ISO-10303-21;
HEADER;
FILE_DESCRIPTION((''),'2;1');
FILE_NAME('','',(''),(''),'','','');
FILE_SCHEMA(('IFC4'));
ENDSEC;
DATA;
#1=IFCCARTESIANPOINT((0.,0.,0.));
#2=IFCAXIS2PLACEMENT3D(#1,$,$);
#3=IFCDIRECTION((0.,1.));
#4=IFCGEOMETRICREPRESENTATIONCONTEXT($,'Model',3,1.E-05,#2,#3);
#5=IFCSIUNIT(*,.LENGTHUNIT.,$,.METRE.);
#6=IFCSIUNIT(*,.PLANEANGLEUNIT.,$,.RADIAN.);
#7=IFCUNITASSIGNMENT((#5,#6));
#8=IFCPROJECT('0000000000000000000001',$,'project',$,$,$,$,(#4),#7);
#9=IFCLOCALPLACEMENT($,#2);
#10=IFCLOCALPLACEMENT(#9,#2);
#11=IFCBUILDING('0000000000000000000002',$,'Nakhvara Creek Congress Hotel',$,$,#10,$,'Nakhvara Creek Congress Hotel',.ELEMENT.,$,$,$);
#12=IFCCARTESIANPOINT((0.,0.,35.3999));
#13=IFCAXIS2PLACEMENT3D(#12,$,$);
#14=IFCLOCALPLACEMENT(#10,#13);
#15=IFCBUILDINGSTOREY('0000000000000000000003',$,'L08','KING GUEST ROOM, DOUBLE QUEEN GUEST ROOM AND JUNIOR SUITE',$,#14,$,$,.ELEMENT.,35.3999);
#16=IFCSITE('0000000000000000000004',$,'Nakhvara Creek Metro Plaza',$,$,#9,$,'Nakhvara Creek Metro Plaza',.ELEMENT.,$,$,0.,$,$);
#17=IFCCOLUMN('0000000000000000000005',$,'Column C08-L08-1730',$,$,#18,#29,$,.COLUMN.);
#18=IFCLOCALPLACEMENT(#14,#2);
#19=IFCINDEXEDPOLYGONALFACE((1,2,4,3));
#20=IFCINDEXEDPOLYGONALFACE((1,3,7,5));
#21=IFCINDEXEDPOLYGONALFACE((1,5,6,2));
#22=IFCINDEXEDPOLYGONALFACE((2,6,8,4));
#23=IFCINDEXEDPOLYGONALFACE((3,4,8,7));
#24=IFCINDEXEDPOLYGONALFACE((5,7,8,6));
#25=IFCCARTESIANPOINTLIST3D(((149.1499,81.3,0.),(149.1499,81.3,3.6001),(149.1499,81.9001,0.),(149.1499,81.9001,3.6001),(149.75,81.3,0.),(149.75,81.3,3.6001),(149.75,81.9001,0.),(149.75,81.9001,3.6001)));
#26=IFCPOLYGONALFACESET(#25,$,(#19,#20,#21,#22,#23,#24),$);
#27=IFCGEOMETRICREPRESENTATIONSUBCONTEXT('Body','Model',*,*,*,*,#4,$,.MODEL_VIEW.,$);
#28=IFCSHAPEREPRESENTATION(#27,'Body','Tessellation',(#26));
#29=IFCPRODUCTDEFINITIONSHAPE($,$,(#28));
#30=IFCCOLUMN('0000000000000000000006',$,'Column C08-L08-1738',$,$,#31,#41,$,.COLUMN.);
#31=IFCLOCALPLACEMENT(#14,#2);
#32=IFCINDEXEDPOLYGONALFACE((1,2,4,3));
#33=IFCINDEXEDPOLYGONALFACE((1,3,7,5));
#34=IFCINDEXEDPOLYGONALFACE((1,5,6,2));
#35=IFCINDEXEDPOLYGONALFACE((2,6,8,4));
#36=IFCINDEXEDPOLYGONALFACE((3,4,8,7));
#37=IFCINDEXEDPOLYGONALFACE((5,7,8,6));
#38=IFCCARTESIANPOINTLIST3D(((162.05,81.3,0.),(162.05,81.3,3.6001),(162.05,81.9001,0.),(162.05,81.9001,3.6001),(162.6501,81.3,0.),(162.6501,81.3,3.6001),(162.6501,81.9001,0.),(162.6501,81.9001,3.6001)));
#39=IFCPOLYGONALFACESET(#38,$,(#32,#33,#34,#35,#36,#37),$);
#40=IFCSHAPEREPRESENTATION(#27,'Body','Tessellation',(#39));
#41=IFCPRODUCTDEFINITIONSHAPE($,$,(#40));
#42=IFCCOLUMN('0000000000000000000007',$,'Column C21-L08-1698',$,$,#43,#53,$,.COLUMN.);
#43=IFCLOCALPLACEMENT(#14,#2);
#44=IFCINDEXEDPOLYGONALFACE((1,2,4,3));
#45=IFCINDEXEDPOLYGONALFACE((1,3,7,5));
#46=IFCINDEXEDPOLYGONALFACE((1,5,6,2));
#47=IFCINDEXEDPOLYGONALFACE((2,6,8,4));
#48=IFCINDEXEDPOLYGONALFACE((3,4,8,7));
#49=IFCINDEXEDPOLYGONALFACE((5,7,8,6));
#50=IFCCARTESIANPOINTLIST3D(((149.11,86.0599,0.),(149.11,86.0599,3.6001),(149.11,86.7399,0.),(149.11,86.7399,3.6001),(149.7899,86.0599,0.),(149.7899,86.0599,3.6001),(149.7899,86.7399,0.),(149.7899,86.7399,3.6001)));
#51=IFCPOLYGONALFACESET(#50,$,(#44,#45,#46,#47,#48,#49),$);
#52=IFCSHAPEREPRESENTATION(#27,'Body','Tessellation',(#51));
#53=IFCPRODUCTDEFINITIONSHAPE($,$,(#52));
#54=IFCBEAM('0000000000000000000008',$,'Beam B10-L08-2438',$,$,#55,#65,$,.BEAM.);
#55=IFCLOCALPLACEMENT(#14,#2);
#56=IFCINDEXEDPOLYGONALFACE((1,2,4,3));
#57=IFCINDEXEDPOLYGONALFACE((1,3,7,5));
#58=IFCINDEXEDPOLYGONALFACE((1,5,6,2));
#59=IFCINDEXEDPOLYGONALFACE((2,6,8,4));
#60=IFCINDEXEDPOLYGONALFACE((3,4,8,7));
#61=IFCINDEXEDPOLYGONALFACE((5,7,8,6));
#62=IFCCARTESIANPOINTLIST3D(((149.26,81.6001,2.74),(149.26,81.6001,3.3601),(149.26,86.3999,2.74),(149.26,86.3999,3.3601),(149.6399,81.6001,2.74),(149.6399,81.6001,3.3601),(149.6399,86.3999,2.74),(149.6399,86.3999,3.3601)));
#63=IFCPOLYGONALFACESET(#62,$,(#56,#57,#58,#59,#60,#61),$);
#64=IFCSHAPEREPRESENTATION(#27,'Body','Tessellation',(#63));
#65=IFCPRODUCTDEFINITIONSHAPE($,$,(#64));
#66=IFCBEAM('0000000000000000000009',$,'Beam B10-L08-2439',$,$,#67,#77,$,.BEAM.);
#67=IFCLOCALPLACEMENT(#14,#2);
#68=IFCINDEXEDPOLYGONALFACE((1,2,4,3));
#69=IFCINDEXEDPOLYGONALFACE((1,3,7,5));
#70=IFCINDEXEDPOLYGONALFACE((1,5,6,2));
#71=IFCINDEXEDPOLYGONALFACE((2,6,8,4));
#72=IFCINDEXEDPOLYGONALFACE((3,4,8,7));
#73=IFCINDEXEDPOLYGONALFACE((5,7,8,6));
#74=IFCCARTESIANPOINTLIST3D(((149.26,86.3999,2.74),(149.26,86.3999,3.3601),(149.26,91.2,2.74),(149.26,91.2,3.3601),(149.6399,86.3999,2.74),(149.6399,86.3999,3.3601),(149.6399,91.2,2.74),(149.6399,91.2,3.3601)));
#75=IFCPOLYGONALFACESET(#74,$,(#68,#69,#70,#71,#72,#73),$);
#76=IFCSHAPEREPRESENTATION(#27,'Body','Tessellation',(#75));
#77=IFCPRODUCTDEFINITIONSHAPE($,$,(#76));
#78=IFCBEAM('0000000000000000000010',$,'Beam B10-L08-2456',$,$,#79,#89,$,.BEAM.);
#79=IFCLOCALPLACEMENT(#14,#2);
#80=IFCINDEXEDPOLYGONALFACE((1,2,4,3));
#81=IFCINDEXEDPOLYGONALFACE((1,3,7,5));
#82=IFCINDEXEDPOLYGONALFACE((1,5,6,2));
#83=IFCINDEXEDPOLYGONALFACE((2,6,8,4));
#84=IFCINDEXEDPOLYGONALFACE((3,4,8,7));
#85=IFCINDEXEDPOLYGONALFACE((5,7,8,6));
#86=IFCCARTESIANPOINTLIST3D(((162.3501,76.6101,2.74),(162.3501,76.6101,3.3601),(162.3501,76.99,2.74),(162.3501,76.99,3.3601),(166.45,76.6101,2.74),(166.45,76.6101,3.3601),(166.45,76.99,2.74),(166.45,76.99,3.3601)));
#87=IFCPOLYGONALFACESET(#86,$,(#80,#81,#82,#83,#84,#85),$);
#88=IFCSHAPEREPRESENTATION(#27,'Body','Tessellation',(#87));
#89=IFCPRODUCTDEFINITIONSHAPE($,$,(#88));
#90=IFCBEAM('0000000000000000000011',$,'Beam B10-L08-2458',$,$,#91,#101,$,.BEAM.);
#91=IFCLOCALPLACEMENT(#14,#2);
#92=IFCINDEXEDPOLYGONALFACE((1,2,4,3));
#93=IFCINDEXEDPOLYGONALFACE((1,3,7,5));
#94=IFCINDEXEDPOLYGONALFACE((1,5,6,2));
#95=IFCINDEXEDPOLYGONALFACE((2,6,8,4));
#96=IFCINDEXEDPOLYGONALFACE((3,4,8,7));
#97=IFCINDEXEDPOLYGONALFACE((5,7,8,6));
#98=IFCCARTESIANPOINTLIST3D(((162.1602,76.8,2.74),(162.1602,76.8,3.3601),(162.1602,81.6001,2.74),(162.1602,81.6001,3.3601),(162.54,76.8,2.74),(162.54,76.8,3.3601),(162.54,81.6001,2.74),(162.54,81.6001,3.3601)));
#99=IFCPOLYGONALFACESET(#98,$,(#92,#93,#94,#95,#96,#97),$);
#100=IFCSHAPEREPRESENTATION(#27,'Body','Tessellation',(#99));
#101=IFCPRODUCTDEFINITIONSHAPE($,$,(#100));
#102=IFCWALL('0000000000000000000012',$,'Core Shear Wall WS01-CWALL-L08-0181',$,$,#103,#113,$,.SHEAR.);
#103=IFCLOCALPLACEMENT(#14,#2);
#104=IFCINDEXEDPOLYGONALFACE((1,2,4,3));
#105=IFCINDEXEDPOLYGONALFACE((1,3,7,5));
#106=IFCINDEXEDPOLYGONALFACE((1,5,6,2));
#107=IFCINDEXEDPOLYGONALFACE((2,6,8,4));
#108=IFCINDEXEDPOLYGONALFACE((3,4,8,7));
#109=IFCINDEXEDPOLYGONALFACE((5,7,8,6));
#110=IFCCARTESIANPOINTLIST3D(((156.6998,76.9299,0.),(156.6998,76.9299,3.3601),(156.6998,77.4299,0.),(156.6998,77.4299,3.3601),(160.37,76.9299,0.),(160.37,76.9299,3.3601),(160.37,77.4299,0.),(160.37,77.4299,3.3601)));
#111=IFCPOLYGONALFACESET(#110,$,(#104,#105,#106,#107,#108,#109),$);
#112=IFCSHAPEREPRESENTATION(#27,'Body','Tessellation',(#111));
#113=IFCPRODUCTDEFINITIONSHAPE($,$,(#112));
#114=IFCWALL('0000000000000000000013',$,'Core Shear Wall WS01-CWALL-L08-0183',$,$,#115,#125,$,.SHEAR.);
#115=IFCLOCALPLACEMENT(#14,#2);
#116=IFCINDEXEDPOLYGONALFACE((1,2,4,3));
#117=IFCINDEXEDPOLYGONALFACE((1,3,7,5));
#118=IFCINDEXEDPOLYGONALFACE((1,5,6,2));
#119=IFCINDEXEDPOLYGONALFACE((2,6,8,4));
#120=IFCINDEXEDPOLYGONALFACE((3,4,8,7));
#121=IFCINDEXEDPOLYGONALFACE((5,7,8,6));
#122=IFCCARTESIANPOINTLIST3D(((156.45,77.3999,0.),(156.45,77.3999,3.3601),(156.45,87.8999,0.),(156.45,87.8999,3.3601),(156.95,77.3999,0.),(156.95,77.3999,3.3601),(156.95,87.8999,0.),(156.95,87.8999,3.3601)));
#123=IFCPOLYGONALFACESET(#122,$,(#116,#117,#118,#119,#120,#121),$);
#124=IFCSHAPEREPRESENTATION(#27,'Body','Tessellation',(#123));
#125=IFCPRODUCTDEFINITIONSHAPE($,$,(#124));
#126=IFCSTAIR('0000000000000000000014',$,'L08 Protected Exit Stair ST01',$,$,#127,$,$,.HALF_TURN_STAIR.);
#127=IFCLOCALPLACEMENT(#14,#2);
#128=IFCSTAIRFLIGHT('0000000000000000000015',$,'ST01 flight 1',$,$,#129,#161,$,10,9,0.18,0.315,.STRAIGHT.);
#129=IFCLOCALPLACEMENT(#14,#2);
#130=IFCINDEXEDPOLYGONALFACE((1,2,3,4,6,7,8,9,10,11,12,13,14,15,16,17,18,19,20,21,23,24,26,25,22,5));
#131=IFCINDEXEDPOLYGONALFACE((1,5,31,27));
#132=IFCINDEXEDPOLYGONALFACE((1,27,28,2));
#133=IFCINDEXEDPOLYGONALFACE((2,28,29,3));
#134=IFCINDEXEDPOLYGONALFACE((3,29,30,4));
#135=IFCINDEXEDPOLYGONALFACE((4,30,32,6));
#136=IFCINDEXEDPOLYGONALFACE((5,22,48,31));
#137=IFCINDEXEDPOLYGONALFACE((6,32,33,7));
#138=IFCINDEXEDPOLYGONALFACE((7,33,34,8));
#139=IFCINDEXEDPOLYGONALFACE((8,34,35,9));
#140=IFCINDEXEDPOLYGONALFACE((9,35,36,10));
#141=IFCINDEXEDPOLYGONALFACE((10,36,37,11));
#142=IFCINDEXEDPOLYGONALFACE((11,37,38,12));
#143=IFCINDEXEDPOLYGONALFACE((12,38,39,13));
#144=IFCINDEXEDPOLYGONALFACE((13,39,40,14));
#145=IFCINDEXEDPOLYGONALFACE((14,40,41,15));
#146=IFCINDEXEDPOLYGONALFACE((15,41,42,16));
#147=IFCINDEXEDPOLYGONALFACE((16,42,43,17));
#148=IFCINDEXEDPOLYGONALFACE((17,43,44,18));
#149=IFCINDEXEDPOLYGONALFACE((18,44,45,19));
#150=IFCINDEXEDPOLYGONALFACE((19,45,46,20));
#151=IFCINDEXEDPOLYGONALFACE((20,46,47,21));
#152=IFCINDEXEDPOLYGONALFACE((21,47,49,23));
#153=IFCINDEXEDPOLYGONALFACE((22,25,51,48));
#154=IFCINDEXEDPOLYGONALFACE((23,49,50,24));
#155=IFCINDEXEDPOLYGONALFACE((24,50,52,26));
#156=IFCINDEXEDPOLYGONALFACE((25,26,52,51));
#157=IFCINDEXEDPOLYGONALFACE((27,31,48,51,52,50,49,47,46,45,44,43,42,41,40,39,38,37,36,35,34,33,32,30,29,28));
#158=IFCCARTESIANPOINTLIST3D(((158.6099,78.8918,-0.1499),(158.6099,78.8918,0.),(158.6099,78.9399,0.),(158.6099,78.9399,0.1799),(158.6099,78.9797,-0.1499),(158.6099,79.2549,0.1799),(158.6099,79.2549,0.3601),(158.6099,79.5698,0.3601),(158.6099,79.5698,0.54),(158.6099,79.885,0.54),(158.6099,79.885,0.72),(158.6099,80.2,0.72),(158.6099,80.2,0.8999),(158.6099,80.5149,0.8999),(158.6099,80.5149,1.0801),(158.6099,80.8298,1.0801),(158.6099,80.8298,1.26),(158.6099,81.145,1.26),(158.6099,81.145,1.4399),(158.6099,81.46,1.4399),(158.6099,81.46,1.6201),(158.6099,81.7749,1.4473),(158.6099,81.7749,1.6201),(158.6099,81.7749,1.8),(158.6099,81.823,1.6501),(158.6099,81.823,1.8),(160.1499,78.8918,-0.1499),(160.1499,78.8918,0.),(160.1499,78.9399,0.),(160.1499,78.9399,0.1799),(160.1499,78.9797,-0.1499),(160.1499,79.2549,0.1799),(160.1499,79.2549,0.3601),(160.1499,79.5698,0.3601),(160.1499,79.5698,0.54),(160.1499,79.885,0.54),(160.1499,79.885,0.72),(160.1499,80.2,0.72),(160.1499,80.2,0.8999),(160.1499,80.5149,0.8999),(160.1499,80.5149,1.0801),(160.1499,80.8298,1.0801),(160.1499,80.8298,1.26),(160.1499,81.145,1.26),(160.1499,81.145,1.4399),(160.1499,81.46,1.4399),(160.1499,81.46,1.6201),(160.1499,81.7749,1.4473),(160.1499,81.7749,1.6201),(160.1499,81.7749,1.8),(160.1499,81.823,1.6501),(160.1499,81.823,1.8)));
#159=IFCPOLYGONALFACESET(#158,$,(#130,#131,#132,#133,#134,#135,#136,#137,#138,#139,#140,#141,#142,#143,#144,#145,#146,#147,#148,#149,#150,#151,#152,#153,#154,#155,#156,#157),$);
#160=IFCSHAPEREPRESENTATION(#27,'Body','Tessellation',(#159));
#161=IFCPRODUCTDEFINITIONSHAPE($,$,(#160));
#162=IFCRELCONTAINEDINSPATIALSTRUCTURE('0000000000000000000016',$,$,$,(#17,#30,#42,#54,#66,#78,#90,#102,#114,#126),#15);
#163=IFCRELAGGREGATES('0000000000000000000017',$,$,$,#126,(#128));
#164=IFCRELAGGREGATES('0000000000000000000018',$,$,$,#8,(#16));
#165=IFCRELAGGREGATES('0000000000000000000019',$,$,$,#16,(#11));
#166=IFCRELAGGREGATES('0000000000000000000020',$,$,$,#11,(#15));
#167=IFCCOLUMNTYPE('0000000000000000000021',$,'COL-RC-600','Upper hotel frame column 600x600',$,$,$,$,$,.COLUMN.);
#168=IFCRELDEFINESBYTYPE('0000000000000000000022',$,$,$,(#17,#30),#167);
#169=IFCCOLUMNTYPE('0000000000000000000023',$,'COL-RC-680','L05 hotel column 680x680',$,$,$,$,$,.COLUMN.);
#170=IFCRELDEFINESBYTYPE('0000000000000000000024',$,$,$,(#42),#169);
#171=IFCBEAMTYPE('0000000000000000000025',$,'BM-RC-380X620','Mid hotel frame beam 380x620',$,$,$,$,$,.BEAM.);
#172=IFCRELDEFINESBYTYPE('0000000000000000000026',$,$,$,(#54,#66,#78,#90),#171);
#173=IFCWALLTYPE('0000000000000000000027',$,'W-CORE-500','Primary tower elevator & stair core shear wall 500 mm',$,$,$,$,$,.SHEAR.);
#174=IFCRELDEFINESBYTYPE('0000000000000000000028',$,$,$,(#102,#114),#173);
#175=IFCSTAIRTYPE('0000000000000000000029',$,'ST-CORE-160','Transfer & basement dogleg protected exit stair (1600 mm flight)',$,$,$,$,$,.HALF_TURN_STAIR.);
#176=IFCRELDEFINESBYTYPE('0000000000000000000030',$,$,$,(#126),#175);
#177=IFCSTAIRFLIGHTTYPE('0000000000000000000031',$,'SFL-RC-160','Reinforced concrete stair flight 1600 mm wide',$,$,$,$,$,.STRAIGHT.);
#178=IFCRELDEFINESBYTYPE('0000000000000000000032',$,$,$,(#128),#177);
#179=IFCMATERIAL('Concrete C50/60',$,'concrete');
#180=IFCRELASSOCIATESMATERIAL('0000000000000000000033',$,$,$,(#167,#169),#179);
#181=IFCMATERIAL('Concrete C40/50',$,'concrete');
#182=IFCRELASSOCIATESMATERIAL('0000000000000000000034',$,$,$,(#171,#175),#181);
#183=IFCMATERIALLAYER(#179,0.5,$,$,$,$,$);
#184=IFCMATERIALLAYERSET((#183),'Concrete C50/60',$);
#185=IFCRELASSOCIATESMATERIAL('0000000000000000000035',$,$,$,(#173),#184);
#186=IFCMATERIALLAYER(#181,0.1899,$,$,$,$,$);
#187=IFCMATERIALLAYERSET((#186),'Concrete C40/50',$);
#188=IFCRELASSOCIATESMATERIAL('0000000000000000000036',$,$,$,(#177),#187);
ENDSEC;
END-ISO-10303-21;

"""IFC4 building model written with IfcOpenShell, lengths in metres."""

from ifc_helpers import new_model, si_unit, direction, frame, frame_2d, origin, origin_2d, place, context, subcontext, project, spatial, polyline, rectangle, outline, extrude, material, layer, layer_set, material_profile, profile_set, type_object, element, aggregate, save


model = new_model("IFC4")

# Units and contexts
model_context = context("Model", 3, precision=1e-05, world=origin(), true_north=direction((0.0, 1.0)))
body_context = subcontext(model_context, "Body", "Model", "MODEL_VIEW")
ifc_project = project(units=[si_unit("LENGTHUNIT", "METRE"), si_unit("PLANEANGLEUNIT", "RADIAN")], contexts=[model_context])

# Site, building, storey
site_placement = place(None, origin())
site = spatial("IfcSite", under=ifc_project, at=site_placement, Name="Nakhvara Creek Metro Plaza", LongName="Nakhvara Creek Metro Plaza", CompositionType="ELEMENT", RefElevation=0.0)
building_placement = place(site_placement, origin())
building = spatial("IfcBuilding", under=site, at=building_placement, Name="Nakhvara Creek Congress Hotel", LongName="Nakhvara Creek Congress Hotel", CompositionType="ELEMENT")
storey_placement = place(building_placement, frame((0.0, 0.0, 35.3999)))
storey = spatial("IfcBuildingStorey", under=building, at=storey_placement, Name="L08", Description="KING GUEST ROOM, DOUBLE QUEEN GUEST ROOM AND JUNIOR SUITE", CompositionType="ELEMENT", Elevation=35.3999)

# Columns
ifc_material_1 = material(Name="Concrete C50/60", Category="concrete")
ifc_material_profile_1 = material_profile(ifc_material_1, rectangle(XDim=0.6001, YDim=0.6001, at=origin_2d()), Name="RC-COL 600x600", Category="LoadBearing")
ifc_profile_set_1 = profile_set([ifc_material_profile_1], Name="Concrete C50/60")
column_type_1 = type_object("IfcColumnType", Name="COL-RC-600", Description="Upper hotel frame column 600x600", PredefinedType="COLUMN", material=ifc_profile_set_1)
for number, where, z_axis, x_axis, name in (
    (1, (149.45, 81.6001, 0.0), (0.0, 0.0, 1.0), (1.0, 0.0, 0.0), "Column C08-L08-1730"),
    (2, (162.3501, 81.6001, 0.0), (0.0, 0.0, 1.0), (1.0, 0.0, 0.0), "Column C08-L08-1738"),
):
    element("IfcColumn", number, at=place(storey_placement, frame(where, z_axis=z_axis, x_axis=x_axis)), inside=storey, type_object=column_type_1, Name=name, PredefinedType="COLUMN", context=body_context, shape_type="SweptSolid", body=[
        extrude(rectangle(XDim=0.6001, YDim=0.6001, at=origin_2d()), origin(), (0.0, 0.0, 1.0), 3.6001),
    ])
ifc_material_profile_2 = material_profile(ifc_material_1, rectangle(XDim=0.6799, YDim=0.6799, at=origin_2d()), Name="RC-COL 680x680", Category="LoadBearing")
ifc_profile_set_2 = profile_set([ifc_material_profile_2], Name="Concrete C50/60")
column_type_2 = type_object("IfcColumnType", Name="COL-RC-680", Description="L05 hotel column 680x680", PredefinedType="COLUMN", material=ifc_profile_set_2)
column_placement = place(storey_placement, frame((149.45, 86.3999, 0.0), z_axis=(0.0, 0.0, 1.0), x_axis=(1.0, 0.0, 0.0)))
element("IfcColumn", 3, at=column_placement, inside=storey, type_object=column_type_2, Name="Column C21-L08-1698", PredefinedType="COLUMN", context=body_context, shape_type="SweptSolid", body=[
    extrude(rectangle(XDim=0.6799, YDim=0.6799, at=origin_2d()), origin(), (0.0, 0.0, 1.0), 3.6001),
])

# Beams
ifc_material_2 = material(Name="Concrete C40/50", Category="concrete")
ifc_material_profile_3 = material_profile(ifc_material_2, rectangle(XDim=0.3799, YDim=0.6201, at=origin_2d()), Name="RC-BM 380x620", Category="LoadBearing")
ifc_profile_set_3 = profile_set([ifc_material_profile_3], Name="Concrete C40/50")
beam_type = type_object("IfcBeamType", Name="BM-RC-380X620", Description="Mid hotel frame beam 380x620", PredefinedType="BEAM", material=ifc_profile_set_3)
beam_1_placement = place(storey_placement, frame((149.45, 81.6001, 3.05), z_axis=(0.0, 1.0, 0.0), x_axis=(-1.0, 0.0, 0.0)))
element("IfcBeam", 4, at=beam_1_placement, inside=storey, type_object=beam_type, Name="Beam B10-L08-2438", PredefinedType="BEAM", context=body_context, shape_type="SweptSolid", body=[
    extrude(rectangle(XDim=0.3799, YDim=0.6201, at=origin_2d()), origin(), (0.0, 0.0, 1.0), 4.7998),
])
beam_2_placement = place(storey_placement, frame((149.45, 86.3999, 3.05), z_axis=(0.0, 1.0, 0.0), x_axis=(-1.0, 0.0, 0.0)))
element("IfcBeam", 5, at=beam_2_placement, inside=storey, type_object=beam_type, Name="Beam B10-L08-2439", PredefinedType="BEAM", context=body_context, shape_type="SweptSolid", body=[
    extrude(rectangle(XDim=0.3799, YDim=0.6201, at=origin_2d()), origin(), (0.0, 0.0, 1.0), 4.8),
])
beam_3_placement = place(storey_placement, frame((162.3501, 76.8, 3.05), z_axis=(1.0, 0.0, 0.0), x_axis=(0.0, 1.0, 0.0)))
element("IfcBeam", 6, at=beam_3_placement, inside=storey, type_object=beam_type, Name="Beam B10-L08-2456", PredefinedType="BEAM", context=body_context, shape_type="SweptSolid", body=[
    extrude(rectangle(XDim=0.3799, YDim=0.6201, at=origin_2d()), origin(), (0.0, 0.0, 1.0), 4.0999),
])
beam_4_placement = place(storey_placement, frame((162.3501, 76.8, 3.05), z_axis=(0.0, 1.0, 0.0), x_axis=(-1.0, 0.0, 0.0)))
element("IfcBeam", 7, at=beam_4_placement, inside=storey, type_object=beam_type, Name="Beam B10-L08-2458", PredefinedType="BEAM", context=body_context, shape_type="SweptSolid", body=[
    extrude(rectangle(XDim=0.3799, YDim=0.6201, at=origin_2d()), origin(), (0.0, 0.0, 1.0), 4.8),
])

# Walls
ifc_layer_1 = layer(ifc_material_1, 0.5)
ifc_layer_set_1 = layer_set([ifc_layer_1], Name="Concrete C50/60")
wall_type = type_object("IfcWallType", Name="W-CORE-500", Description="Primary tower elevator & stair core shear wall 500 mm", PredefinedType="SHEAR", material=ifc_layer_set_1)
wall_1_placement = place(storey_placement, frame((156.7, 77.1799, 0.0), z_axis=(0.0, 0.0, 1.0), x_axis=(1.0, 0.0, 0.0)))
element("IfcWall", 8, at=wall_1_placement, inside=storey, type_object=wall_type, Name="Core Shear Wall WS01-CWALL-L08-0181", PredefinedType="SHEAR", context=body_context, shape_type="SweptSolid", body=[
    extrude(rectangle(XDim=3.6702, YDim=0.5, at=frame_2d((1.835, 0.0))), origin(), (0.0, 0.0, 1.0), 3.3601),
])
wall_2_placement = place(storey_placement, frame((156.7, 77.3999, 0.0), z_axis=(0.0, 0.0, 1.0), x_axis=(0.0, 1.0, 0.0)))
element("IfcWall", 9, at=wall_2_placement, inside=storey, type_object=wall_type, Name="Core Shear Wall WS01-CWALL-L08-0183", PredefinedType="SHEAR", context=body_context, shape_type="SweptSolid", body=[
    extrude(rectangle(XDim=10.5, YDim=0.5, at=frame_2d((5.25, 0.0))), origin(), (0.0, 0.0, 1.0), 3.3601),
])

# Stair, stair flight
stair_type = type_object("IfcStairType", Name="ST-CORE-160", Description="Transfer & basement dogleg protected exit stair (1600 mm flight)", PredefinedType="HALF_TURN_STAIR", material=ifc_material_2)
stair_placement = place(storey_placement, origin())
stair = element("IfcStair", 10, at=stair_placement, inside=storey, type_object=stair_type, Name="L08 Protected Exit Stair ST01", PredefinedType="HALF_TURN_STAIR")
ifc_layer_2 = layer(ifc_material_2, 0.1899)
ifc_layer_set_2 = layer_set([ifc_layer_2], Name="Concrete C40/50")
stair_flight_type = type_object("IfcStairFlightType", Name="SFL-RC-160", Description="Reinforced concrete stair flight 1600 mm wide", PredefinedType="STRAIGHT", material=ifc_layer_set_2)
stair_flight_1_placement = place(storey_placement, frame((159.3799, 78.9399, 0.0), z_axis=(0.0, 0.0, 1.0), x_axis=(0.0, 1.0, 0.0)))
stair_flight_1 = element("IfcStairFlight", 11, at=stair_flight_1_placement, type_object=stair_flight_type, Name="ST01 flight 1", NumberOfRisers=10, NumberOfTreads=9, PredefinedType="STRAIGHT", RiserHeight=0.18, TreadLength=0.315, context=body_context, shape_type="SweptSolid", body=[
    extrude(outline(polyline([(-0.0481, 0.0), (0.0, 0.0), (0.0, 0.1799), (0.3149, 0.1799), (0.3149, 0.3601), (0.6299, 0.3601), (0.6299, 0.54), (0.9451, 0.54), (0.9451, 0.72), (1.26, 0.72), (1.26, 0.8999), (1.575, 0.8999), (1.575, 1.0801), (1.8899, 1.0801), (1.8899, 1.26), (2.2051, 1.26), (2.2051, 1.4399), (2.52, 1.4399), (2.52, 1.6201), (2.835, 1.6201), (2.835, 1.8), (2.8831, 1.8), (2.8831, 1.6501), (2.835, 1.4473), (0.0398, -0.1499), (-0.0481, -0.1499), (-0.0481, 0.0)])), frame((0.0, 0.77, 0.0), z_axis=(0.0, -1.0, 0.0), x_axis=(1.0, 0.0, 0.0)), (0.0, 0.0, 1.0), 1.54),
])
aggregate(stair, [stair_flight_1])

save(model, "model.ifc")
